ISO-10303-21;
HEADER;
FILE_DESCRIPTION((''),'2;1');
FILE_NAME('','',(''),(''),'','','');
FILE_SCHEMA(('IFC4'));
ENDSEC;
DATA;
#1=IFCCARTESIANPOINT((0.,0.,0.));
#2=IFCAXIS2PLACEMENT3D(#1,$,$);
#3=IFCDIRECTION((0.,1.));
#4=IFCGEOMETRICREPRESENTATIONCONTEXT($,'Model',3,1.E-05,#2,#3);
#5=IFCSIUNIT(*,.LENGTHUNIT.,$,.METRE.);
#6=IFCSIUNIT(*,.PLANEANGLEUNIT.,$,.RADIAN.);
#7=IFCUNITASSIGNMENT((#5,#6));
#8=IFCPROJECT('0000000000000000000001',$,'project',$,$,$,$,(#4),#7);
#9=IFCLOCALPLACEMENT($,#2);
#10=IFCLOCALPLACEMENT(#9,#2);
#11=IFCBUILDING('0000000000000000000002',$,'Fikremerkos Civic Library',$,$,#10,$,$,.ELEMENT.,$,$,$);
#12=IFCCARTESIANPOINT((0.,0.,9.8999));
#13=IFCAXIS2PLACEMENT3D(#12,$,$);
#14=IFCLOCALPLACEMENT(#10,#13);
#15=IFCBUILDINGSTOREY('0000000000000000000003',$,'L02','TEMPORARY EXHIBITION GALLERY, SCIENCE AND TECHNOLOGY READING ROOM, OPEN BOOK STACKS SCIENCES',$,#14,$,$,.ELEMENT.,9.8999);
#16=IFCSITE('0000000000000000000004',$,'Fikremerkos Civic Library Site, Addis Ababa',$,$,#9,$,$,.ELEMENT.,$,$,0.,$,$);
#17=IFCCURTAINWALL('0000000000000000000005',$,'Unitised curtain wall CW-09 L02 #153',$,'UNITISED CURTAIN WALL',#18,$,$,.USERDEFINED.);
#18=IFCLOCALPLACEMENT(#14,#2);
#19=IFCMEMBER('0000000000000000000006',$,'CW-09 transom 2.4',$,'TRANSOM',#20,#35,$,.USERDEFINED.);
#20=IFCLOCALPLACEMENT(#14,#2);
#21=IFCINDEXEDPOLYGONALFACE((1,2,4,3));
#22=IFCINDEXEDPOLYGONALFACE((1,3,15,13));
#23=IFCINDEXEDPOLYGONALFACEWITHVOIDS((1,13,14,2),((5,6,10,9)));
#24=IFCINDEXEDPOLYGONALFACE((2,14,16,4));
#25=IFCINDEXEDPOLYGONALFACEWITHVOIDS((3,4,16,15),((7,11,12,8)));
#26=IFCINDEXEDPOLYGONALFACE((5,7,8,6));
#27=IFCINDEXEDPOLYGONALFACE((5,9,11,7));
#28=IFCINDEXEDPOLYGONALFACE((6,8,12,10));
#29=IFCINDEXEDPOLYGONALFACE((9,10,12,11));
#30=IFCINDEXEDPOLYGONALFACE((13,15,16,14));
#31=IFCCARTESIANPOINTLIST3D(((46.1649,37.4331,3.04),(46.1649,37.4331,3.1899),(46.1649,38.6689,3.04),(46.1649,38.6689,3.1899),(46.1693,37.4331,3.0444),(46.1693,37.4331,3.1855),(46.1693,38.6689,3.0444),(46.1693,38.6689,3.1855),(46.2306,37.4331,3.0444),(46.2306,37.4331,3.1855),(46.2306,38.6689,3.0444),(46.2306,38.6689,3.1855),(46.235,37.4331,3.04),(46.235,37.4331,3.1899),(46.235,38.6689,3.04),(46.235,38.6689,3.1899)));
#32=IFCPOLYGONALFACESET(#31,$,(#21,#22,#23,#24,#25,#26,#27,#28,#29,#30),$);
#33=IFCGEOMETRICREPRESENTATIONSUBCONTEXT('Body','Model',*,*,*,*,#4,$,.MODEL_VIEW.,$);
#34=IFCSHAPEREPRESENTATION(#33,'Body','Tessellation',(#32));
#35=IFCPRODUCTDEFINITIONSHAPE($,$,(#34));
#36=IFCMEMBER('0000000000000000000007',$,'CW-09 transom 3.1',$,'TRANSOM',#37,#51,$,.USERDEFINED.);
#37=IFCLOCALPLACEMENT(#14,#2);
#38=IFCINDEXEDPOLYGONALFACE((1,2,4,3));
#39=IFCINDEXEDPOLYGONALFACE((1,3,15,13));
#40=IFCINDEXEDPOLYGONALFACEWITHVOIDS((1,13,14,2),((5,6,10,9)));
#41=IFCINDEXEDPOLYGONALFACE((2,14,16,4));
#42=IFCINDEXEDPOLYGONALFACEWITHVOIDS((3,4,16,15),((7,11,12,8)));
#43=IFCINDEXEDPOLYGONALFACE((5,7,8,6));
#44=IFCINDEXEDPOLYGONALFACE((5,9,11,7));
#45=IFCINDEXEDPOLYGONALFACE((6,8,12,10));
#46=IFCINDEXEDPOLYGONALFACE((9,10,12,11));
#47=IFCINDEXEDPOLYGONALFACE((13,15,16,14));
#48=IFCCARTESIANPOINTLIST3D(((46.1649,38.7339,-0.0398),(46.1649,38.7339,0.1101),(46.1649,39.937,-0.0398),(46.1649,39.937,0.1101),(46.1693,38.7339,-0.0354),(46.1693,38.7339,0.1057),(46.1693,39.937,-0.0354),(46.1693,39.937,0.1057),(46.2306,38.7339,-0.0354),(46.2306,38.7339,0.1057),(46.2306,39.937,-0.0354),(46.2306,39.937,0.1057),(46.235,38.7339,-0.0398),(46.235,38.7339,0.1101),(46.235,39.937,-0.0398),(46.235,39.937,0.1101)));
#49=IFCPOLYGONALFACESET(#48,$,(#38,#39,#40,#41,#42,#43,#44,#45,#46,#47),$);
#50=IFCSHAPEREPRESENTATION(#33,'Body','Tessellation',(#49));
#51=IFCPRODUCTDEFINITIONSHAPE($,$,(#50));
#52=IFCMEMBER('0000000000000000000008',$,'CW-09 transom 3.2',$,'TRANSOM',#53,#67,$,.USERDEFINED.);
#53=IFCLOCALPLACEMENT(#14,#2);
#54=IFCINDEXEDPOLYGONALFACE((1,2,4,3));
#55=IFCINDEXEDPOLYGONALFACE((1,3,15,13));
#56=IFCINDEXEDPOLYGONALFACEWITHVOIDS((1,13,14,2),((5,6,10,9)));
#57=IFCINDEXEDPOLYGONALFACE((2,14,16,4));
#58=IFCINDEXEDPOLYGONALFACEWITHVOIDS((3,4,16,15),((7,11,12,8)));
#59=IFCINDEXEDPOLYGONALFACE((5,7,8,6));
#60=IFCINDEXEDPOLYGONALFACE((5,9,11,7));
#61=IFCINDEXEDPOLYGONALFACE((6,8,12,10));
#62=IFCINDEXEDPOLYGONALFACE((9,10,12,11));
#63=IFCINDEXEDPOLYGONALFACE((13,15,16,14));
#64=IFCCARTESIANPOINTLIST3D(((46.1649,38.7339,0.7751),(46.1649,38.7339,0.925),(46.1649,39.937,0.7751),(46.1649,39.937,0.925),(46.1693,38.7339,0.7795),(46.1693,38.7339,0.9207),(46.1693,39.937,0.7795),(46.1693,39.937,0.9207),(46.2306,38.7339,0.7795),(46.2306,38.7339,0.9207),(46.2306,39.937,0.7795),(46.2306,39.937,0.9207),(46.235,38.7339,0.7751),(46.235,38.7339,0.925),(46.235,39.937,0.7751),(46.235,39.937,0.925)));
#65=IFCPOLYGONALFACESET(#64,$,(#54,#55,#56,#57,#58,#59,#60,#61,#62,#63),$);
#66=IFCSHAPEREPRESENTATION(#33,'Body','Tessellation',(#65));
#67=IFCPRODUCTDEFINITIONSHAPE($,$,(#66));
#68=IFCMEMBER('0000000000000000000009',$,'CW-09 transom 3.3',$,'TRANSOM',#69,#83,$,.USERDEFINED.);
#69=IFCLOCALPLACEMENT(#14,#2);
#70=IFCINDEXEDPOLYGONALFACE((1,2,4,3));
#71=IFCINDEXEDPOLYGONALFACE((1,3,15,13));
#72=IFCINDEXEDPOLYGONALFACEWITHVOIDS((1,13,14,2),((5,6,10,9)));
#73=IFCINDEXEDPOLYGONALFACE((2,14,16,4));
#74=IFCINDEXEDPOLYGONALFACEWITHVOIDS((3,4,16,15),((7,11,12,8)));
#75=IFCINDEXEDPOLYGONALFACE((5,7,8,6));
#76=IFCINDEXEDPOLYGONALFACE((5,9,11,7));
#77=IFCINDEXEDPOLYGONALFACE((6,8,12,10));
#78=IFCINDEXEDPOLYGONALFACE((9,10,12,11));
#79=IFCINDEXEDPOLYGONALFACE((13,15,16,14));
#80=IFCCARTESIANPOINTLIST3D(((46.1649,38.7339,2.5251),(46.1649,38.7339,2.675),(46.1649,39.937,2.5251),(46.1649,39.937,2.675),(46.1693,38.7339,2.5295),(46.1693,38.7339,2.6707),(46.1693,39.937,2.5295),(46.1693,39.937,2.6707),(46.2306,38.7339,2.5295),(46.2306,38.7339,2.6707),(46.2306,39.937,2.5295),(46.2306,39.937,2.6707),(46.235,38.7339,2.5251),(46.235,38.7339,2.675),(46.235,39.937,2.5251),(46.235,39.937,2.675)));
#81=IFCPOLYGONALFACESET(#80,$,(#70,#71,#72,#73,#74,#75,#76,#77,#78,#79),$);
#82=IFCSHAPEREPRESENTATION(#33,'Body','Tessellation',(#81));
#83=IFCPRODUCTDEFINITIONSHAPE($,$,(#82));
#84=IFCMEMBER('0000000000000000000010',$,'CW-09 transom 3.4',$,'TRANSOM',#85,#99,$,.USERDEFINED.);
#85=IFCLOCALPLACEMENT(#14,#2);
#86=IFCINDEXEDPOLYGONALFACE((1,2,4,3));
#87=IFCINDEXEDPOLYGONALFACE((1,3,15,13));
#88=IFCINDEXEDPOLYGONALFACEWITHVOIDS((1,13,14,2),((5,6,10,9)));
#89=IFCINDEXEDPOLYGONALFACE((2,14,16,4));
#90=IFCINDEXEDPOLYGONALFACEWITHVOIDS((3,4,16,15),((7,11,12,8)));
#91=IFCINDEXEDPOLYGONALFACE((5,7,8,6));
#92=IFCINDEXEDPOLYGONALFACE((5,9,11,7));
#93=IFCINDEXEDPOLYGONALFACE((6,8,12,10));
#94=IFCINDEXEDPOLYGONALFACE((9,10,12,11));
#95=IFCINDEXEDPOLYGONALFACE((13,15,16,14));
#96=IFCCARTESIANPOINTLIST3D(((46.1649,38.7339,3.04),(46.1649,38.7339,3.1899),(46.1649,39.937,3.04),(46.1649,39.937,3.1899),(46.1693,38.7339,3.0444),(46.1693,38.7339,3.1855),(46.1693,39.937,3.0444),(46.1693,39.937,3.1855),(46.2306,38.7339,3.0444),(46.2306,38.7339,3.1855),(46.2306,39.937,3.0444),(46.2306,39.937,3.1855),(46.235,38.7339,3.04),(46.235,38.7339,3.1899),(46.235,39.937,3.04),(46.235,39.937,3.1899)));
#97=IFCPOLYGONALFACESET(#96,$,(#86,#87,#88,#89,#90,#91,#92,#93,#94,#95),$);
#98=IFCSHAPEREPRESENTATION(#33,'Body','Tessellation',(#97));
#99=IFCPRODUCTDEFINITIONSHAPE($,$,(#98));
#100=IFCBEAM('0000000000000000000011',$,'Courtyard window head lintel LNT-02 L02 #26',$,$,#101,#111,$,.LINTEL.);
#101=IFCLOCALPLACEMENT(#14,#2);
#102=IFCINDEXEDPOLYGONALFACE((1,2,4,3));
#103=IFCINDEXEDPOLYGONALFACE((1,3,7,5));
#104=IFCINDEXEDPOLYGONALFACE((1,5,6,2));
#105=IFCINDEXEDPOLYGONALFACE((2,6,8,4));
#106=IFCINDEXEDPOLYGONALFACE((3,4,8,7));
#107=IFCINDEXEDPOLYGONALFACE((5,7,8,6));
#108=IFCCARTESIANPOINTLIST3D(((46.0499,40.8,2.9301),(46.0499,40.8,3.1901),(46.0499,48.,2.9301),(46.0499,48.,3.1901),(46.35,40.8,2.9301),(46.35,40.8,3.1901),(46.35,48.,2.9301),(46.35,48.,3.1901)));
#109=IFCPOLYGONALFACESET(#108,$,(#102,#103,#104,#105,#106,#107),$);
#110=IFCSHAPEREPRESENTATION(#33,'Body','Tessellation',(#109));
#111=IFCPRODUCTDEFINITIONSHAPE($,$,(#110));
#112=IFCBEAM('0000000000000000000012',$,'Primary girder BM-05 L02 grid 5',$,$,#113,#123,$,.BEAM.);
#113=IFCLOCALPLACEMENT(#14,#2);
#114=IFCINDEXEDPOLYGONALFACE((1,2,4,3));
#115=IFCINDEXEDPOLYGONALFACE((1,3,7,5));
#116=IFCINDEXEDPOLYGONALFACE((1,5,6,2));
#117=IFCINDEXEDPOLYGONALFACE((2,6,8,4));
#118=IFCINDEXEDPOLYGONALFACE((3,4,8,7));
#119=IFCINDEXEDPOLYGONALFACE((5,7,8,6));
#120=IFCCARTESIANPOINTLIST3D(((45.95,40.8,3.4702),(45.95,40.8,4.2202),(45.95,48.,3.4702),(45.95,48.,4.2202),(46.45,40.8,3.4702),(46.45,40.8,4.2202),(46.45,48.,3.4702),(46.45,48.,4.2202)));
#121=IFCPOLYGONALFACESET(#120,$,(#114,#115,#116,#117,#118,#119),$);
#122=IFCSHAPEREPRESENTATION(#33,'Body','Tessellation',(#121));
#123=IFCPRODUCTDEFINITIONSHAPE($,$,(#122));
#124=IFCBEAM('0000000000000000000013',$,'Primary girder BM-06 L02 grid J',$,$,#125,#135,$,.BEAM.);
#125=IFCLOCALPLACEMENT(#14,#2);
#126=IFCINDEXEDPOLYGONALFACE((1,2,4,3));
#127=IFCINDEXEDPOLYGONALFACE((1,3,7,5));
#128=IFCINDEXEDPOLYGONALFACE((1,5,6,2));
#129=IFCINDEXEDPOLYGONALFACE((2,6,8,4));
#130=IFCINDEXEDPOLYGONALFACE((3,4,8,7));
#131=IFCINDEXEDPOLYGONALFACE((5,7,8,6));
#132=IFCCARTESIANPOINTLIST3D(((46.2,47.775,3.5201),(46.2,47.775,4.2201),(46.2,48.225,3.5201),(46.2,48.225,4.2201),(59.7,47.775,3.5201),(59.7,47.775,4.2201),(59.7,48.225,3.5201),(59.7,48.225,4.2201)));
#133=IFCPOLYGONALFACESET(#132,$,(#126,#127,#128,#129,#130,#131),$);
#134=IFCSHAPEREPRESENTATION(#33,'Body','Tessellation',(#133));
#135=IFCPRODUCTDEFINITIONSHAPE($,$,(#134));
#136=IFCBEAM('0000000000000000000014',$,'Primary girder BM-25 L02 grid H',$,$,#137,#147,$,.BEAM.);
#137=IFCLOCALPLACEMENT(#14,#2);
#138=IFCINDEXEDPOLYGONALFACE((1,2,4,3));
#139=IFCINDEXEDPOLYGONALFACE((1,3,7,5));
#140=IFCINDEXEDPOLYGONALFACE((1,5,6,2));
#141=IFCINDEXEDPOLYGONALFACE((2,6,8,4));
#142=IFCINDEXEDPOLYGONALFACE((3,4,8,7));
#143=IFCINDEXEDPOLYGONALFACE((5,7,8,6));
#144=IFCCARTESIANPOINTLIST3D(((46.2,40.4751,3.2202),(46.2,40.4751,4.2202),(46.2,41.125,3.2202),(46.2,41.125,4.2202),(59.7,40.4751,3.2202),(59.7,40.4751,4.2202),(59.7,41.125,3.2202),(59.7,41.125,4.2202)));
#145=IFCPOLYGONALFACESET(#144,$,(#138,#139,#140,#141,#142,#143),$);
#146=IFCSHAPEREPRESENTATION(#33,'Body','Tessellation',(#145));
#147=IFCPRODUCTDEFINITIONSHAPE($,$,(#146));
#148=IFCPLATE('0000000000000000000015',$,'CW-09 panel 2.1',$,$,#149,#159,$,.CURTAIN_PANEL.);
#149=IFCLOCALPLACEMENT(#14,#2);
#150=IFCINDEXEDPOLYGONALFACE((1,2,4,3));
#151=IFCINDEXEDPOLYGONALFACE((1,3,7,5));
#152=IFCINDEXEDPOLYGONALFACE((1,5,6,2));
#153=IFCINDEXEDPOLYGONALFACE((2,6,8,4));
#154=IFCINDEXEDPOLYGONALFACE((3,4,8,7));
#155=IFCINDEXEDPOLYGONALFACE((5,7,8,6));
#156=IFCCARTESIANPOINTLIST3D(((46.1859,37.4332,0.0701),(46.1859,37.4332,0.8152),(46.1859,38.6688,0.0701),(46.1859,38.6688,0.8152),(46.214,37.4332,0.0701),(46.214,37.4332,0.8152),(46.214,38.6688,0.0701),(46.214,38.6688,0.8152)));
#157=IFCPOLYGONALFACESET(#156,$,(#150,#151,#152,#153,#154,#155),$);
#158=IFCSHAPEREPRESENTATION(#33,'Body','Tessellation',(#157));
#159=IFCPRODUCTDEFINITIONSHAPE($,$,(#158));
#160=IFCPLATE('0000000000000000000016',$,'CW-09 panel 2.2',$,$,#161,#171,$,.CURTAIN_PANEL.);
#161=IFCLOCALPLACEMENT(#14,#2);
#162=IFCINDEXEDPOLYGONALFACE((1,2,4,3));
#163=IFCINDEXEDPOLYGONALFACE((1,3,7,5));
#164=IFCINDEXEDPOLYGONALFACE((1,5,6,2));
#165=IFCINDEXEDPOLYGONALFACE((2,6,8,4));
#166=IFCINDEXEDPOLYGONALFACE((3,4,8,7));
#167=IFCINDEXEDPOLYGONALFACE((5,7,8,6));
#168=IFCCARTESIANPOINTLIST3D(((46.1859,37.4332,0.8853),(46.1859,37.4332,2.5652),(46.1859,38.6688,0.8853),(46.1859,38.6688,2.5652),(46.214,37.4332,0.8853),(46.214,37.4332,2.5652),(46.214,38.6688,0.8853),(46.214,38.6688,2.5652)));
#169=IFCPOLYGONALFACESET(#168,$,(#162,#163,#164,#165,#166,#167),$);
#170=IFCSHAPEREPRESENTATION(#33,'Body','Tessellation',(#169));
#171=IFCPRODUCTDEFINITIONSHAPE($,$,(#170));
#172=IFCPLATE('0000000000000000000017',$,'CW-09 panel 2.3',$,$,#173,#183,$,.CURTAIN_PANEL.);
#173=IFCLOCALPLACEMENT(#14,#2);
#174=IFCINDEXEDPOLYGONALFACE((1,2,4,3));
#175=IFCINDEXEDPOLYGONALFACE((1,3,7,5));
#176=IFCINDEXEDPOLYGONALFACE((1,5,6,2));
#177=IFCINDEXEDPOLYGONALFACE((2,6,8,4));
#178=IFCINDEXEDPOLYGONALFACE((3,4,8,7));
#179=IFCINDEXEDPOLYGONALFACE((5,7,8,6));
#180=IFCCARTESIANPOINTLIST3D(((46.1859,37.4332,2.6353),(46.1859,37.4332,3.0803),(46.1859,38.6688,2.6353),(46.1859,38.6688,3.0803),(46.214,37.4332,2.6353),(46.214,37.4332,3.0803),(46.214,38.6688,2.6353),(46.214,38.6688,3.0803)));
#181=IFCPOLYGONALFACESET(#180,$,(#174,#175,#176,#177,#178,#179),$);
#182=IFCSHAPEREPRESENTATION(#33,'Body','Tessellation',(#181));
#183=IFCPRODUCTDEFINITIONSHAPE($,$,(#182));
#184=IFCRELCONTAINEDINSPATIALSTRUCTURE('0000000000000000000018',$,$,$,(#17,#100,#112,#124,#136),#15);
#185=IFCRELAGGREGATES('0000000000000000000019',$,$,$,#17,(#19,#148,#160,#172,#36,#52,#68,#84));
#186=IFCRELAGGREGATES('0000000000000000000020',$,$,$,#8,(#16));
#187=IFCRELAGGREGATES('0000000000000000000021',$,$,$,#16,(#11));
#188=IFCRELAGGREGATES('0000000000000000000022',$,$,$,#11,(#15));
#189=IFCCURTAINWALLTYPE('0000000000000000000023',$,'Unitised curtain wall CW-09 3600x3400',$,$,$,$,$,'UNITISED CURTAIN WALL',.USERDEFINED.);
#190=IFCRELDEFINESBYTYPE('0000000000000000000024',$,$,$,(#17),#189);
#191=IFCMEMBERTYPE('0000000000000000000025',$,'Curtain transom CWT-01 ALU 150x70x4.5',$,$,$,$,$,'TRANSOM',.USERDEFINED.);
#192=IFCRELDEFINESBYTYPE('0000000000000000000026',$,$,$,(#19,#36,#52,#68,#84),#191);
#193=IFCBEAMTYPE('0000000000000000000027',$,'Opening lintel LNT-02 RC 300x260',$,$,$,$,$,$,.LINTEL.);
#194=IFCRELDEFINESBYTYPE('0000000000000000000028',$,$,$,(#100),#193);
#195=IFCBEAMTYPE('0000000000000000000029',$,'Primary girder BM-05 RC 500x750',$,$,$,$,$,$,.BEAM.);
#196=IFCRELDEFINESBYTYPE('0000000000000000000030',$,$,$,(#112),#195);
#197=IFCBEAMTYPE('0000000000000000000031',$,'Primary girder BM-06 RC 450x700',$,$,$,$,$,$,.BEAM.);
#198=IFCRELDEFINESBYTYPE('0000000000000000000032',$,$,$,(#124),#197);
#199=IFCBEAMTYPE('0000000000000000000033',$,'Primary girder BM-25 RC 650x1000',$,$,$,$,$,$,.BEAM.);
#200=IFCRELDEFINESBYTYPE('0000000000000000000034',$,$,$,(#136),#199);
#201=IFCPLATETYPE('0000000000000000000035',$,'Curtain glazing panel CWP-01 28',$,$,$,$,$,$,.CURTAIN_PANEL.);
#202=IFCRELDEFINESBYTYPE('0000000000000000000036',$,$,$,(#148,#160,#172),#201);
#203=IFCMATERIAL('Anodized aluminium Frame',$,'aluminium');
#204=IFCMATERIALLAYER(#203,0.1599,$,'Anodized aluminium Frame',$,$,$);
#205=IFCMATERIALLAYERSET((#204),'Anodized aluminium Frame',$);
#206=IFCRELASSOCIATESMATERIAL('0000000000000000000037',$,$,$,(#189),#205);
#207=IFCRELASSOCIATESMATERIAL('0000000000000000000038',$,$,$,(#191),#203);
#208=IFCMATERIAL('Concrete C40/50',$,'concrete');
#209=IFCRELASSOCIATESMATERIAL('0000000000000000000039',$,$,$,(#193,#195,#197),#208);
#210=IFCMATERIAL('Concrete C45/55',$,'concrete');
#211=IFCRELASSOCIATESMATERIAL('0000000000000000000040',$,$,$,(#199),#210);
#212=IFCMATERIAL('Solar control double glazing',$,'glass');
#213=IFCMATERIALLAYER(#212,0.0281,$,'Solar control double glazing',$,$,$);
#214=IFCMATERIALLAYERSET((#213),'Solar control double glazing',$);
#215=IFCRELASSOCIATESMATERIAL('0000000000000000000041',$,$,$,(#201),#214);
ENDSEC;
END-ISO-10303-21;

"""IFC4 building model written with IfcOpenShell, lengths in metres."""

from ifc_helpers import new_model, si_unit, direction, frame, origin, origin_2d, place, context, subcontext, project, spatial, rectangle, hollow_rectangle, extrude, material, layer, layer_set, material_profile, profile_set, type_object, element, aggregate, save


model = new_model("IFC4")

# Units and contexts
model_context = context("Model", 3, precision=1e-05, world=origin(), true_north=direction((0.0, 1.0)))
body_context = subcontext(model_context, "Body", "Model", "MODEL_VIEW")
ifc_project = project(units=[si_unit("LENGTHUNIT", "METRE"), si_unit("PLANEANGLEUNIT", "RADIAN")], contexts=[model_context])

# Site, building, storey
site_placement = place(None, origin())
site = spatial("IfcSite", under=ifc_project, at=site_placement, Name="Fikremerkos Civic Library Site, Addis Ababa", CompositionType="ELEMENT", RefElevation=0.0)
building_placement = place(site_placement, origin())
building = spatial("IfcBuilding", under=site, at=building_placement, Name="Fikremerkos Civic Library", CompositionType="ELEMENT")
storey_placement = place(building_placement, frame((0.0, 0.0, 9.8999)))
storey = spatial("IfcBuildingStorey", under=building, at=storey_placement, Name="L02", Description="TEMPORARY EXHIBITION GALLERY, SCIENCE AND TECHNOLOGY READING ROOM, OPEN BOOK STACKS SCIENCES", CompositionType="ELEMENT", Elevation=9.8999)

# Shared definitions
ifc_material_1 = material(Name="Concrete C45/55", Category="concrete")

# Curtain wall, members
ifc_material_2 = material(Name="Anodized aluminium Frame", Category="aluminium")
ifc_layer_1 = layer(ifc_material_2, 0.1599, Name="Anodized aluminium Frame")
ifc_layer_set_1 = layer_set([ifc_layer_1], Name="Anodized aluminium Frame")
curtain_wall_type = type_object("IfcCurtainWallType", Name="Unitised curtain wall CW-09 3600x3400", ElementType="UNITISED CURTAIN WALL", PredefinedType="USERDEFINED", material=ifc_layer_set_1)
curtain_wall_placement = place(storey_placement, origin())
curtain_wall = element("IfcCurtainWall", 1, at=curtain_wall_placement, inside=storey, type_object=curtain_wall_type, Name="Unitised curtain wall CW-09 L02 #153", ObjectType="UNITISED CURTAIN WALL", PredefinedType="USERDEFINED")
ifc_material_profile_1 = material_profile(ifc_material_2, hollow_rectangle(XDim=0.0701, YDim=0.1499, WallThickness=0.0044, at=origin_2d()), Name="ALU 150x70x4.5")
ifc_profile_set_1 = profile_set([ifc_material_profile_1], Name="Anodized aluminium Frame")
member_type_1 = type_object("IfcMemberType", Name="Curtain transom CWT-01 ALU 150x70x4.5", ElementType="TRANSOM", PredefinedType="USERDEFINED", material=ifc_profile_set_1)
member_1_placement = place(storey_placement, frame((46.2, 37.4331, 3.115), z_axis=(0.0, 1.0, 0.0), x_axis=(-1.0, 0.0, 0.0)))
member_1 = element("IfcMember", 2, at=member_1_placement, type_object=member_type_1, Name="CW-09 transom 2.4", ObjectType="TRANSOM", PredefinedType="USERDEFINED", context=body_context, shape_type="SweptSolid", body=[
    extrude(hollow_rectangle(XDim=0.0701, YDim=0.1499, WallThickness=0.0044, at=origin_2d()), origin(), (0.0, 0.0, 1.0), 1.2358),
])
member_2_placement = place(storey_placement, frame((46.2, 38.7339, 0.0352), z_axis=(0.0, 1.0, 0.0), x_axis=(-1.0, 0.0, 0.0)))
member_2 = element("IfcMember", 3, at=member_2_placement, type_object=member_type_1, Name="CW-09 transom 3.1", ObjectType="TRANSOM", PredefinedType="USERDEFINED", context=body_context, shape_type="SweptSolid", body=[
    extrude(hollow_rectangle(XDim=0.0701, YDim=0.1499, WallThickness=0.0044, at=origin_2d()), origin(), (0.0, 0.0, 1.0), 1.2031),
])
member_3_placement = place(storey_placement, frame((46.2, 38.7339, 0.8501), z_axis=(0.0, 1.0, 0.0), x_axis=(-1.0, 0.0, 0.0)))
member_3 = element("IfcMember", 4, at=member_3_placement, type_object=member_type_1, Name="CW-09 transom 3.2", ObjectType="TRANSOM", PredefinedType="USERDEFINED", context=body_context, shape_type="SweptSolid", body=[
    extrude(hollow_rectangle(XDim=0.0701, YDim=0.1499, WallThickness=0.0044, at=origin_2d()), origin(), (0.0, 0.0, 1.0), 1.2031),
])
member_4_placement = place(storey_placement, frame((46.2, 38.7339, 2.6001), z_axis=(0.0, 1.0, 0.0), x_axis=(-1.0, 0.0, 0.0)))
member_4 = element("IfcMember", 5, at=member_4_placement, type_object=member_type_1, Name="CW-09 transom 3.3", ObjectType="TRANSOM", PredefinedType="USERDEFINED", context=body_context, shape_type="SweptSolid", body=[
    extrude(hollow_rectangle(XDim=0.0701, YDim=0.1499, WallThickness=0.0044, at=origin_2d()), origin(), (0.0, 0.0, 1.0), 1.2031),
])
member_5_placement = place(storey_placement, frame((46.2, 38.7339, 3.115), z_axis=(0.0, 1.0, 0.0), x_axis=(-1.0, 0.0, 0.0)))
member_5 = element("IfcMember", 6, at=member_5_placement, type_object=member_type_1, Name="CW-09 transom 3.4", ObjectType="TRANSOM", PredefinedType="USERDEFINED", context=body_context, shape_type="SweptSolid", body=[
    extrude(hollow_rectangle(XDim=0.0701, YDim=0.1499, WallThickness=0.0044, at=origin_2d()), origin(), (0.0, 0.0, 1.0), 1.2031),
])

# Beams
ifc_material_3 = material(Name="Concrete C40/50", Category="concrete")
ifc_material_profile_2 = material_profile(ifc_material_3, rectangle(XDim=0.3, YDim=0.26, at=origin_2d()), Name="RC 300x260")
ifc_profile_set_2 = profile_set([ifc_material_profile_2], Name="Concrete C40/50")
beam_type_1 = type_object("IfcBeamType", Name="Opening lintel LNT-02 RC 300x260", PredefinedType="LINTEL", material=ifc_profile_set_2)
beam_1_placement = place(storey_placement, frame((46.2, 40.8, 3.0601), z_axis=(0.0, 1.0, 0.0), x_axis=(-1.0, 0.0, 0.0)))
element("IfcBeam", 7, at=beam_1_placement, inside=storey, type_object=beam_type_1, Name="Courtyard window head lintel LNT-02 L02 #26", PredefinedType="LINTEL", context=body_context, shape_type="SweptSolid", body=[
    extrude(rectangle(XDim=0.3, YDim=0.26, at=origin_2d()), origin(), (0.0, 0.0, 1.0), 7.2),
])
ifc_material_profile_3 = material_profile(ifc_material_3, rectangle(XDim=0.5, YDim=0.75, at=origin_2d()), Name="RC 500x750")
ifc_profile_set_3 = profile_set([ifc_material_profile_3], Name="Concrete C40/50")
beam_type_2 = type_object("IfcBeamType", Name="Primary girder BM-05 RC 500x750", PredefinedType="BEAM", material=ifc_profile_set_3)
beam_2_placement = place(storey_placement, frame((46.2, 40.8, 3.8452), z_axis=(0.0, 1.0, 0.0), x_axis=(-1.0, 0.0, 0.0)))
element("IfcBeam", 8, at=beam_2_placement, inside=storey, type_object=beam_type_2, Name="Primary girder BM-05 L02 grid 5", PredefinedType="BEAM", context=body_context, shape_type="SweptSolid", body=[
    extrude(rectangle(XDim=0.5, YDim=0.75, at=origin_2d()), origin(), (0.0, 0.0, 1.0), 7.2),
])
ifc_material_profile_4 = material_profile(ifc_material_3, rectangle(XDim=0.45, YDim=0.7, at=origin_2d()), Name="RC 450x700")
ifc_profile_set_4 = profile_set([ifc_material_profile_4], Name="Concrete C40/50")
beam_type_3 = type_object("IfcBeamType", Name="Primary girder BM-06 RC 450x700", PredefinedType="BEAM", material=ifc_profile_set_4)
beam_3_placement = place(storey_placement, frame((46.2, 48.0, 3.8701), z_axis=(1.0, 0.0, 0.0), x_axis=(0.0, 1.0, 0.0)))
element("IfcBeam", 9, at=beam_3_placement, inside=storey, type_object=beam_type_3, Name="Primary girder BM-06 L02 grid J", PredefinedType="BEAM", context=body_context, shape_type="SweptSolid", body=[
    extrude(rectangle(XDim=0.45, YDim=0.7, at=origin_2d()), origin(), (0.0, 0.0, 1.0), 13.5),
])
ifc_material_profile_5 = material_profile(ifc_material_1, rectangle(XDim=0.6499, YDim=1.0, at=origin_2d()), Name="RC 650x1000")
ifc_profile_set_5 = profile_set([ifc_material_profile_5], Name="Concrete C45/55")
beam_type_4 = type_object("IfcBeamType", Name="Primary girder BM-25 RC 650x1000", PredefinedType="BEAM", material=ifc_profile_set_5)
beam_4_placement = place(storey_placement, frame((46.2, 40.8, 3.7202), z_axis=(1.0, 0.0, 0.0), x_axis=(0.0, 1.0, 0.0)))
element("IfcBeam", 10, at=beam_4_placement, inside=storey, type_object=beam_type_4, Name="Primary girder BM-25 L02 grid H", PredefinedType="BEAM", context=body_context, shape_type="SweptSolid", body=[
    extrude(rectangle(XDim=0.6499, YDim=1.0, at=origin_2d()), origin(), (0.0, 0.0, 1.0), 13.5),
])

# Plates
ifc_material_4 = material(Name="Solar control double glazing", Category="glass")
ifc_layer_2 = layer(ifc_material_4, 0.0281, Name="Solar control double glazing")
ifc_layer_set_2 = layer_set([ifc_layer_2], Name="Solar control double glazing")
plate_type = type_object("IfcPlateType", Name="Curtain glazing panel CWP-01 28", PredefinedType="CURTAIN_PANEL", material=ifc_layer_set_2)
plate_1_placement = place(storey_placement, frame((46.2, 38.051, 0.0701), z_axis=(0.0, 0.0, 1.0), x_axis=(0.0, 1.0, 0.0)))
plate_1 = element("IfcPlate", 11, at=plate_1_placement, type_object=plate_type, Name="CW-09 panel 2.1", PredefinedType="CURTAIN_PANEL", context=body_context, shape_type="SweptSolid", body=[
    extrude(rectangle(XDim=1.2356, YDim=0.0281, at=origin_2d()), origin(), (0.0, 0.0, 1.0), 0.7451),
])
plate_2_placement = place(storey_placement, frame((46.2, 38.051, 0.8853), z_axis=(0.0, 0.0, 1.0), x_axis=(0.0, 1.0, 0.0)))
plate_2 = element("IfcPlate", 12, at=plate_2_placement, type_object=plate_type, Name="CW-09 panel 2.2", PredefinedType="CURTAIN_PANEL", context=body_context, shape_type="SweptSolid", body=[
    extrude(rectangle(XDim=1.2356, YDim=0.0281, at=origin_2d()), origin(), (0.0, 0.0, 1.0), 1.6799),
])
plate_3_placement = place(storey_placement, frame((46.2, 38.051, 2.6353), z_axis=(0.0, 0.0, 1.0), x_axis=(0.0, 1.0, 0.0)))
plate_3 = element("IfcPlate", 13, at=plate_3_placement, type_object=plate_type, Name="CW-09 panel 2.3", PredefinedType="CURTAIN_PANEL", context=body_context, shape_type="SweptSolid", body=[
    extrude(rectangle(XDim=1.2356, YDim=0.0281, at=origin_2d()), origin(), (0.0, 0.0, 1.0), 0.4451),
])
aggregate(curtain_wall, [member_1, plate_1, plate_2, plate_3, member_2, member_3, member_4, member_5])

save(model, "model.ifc")
